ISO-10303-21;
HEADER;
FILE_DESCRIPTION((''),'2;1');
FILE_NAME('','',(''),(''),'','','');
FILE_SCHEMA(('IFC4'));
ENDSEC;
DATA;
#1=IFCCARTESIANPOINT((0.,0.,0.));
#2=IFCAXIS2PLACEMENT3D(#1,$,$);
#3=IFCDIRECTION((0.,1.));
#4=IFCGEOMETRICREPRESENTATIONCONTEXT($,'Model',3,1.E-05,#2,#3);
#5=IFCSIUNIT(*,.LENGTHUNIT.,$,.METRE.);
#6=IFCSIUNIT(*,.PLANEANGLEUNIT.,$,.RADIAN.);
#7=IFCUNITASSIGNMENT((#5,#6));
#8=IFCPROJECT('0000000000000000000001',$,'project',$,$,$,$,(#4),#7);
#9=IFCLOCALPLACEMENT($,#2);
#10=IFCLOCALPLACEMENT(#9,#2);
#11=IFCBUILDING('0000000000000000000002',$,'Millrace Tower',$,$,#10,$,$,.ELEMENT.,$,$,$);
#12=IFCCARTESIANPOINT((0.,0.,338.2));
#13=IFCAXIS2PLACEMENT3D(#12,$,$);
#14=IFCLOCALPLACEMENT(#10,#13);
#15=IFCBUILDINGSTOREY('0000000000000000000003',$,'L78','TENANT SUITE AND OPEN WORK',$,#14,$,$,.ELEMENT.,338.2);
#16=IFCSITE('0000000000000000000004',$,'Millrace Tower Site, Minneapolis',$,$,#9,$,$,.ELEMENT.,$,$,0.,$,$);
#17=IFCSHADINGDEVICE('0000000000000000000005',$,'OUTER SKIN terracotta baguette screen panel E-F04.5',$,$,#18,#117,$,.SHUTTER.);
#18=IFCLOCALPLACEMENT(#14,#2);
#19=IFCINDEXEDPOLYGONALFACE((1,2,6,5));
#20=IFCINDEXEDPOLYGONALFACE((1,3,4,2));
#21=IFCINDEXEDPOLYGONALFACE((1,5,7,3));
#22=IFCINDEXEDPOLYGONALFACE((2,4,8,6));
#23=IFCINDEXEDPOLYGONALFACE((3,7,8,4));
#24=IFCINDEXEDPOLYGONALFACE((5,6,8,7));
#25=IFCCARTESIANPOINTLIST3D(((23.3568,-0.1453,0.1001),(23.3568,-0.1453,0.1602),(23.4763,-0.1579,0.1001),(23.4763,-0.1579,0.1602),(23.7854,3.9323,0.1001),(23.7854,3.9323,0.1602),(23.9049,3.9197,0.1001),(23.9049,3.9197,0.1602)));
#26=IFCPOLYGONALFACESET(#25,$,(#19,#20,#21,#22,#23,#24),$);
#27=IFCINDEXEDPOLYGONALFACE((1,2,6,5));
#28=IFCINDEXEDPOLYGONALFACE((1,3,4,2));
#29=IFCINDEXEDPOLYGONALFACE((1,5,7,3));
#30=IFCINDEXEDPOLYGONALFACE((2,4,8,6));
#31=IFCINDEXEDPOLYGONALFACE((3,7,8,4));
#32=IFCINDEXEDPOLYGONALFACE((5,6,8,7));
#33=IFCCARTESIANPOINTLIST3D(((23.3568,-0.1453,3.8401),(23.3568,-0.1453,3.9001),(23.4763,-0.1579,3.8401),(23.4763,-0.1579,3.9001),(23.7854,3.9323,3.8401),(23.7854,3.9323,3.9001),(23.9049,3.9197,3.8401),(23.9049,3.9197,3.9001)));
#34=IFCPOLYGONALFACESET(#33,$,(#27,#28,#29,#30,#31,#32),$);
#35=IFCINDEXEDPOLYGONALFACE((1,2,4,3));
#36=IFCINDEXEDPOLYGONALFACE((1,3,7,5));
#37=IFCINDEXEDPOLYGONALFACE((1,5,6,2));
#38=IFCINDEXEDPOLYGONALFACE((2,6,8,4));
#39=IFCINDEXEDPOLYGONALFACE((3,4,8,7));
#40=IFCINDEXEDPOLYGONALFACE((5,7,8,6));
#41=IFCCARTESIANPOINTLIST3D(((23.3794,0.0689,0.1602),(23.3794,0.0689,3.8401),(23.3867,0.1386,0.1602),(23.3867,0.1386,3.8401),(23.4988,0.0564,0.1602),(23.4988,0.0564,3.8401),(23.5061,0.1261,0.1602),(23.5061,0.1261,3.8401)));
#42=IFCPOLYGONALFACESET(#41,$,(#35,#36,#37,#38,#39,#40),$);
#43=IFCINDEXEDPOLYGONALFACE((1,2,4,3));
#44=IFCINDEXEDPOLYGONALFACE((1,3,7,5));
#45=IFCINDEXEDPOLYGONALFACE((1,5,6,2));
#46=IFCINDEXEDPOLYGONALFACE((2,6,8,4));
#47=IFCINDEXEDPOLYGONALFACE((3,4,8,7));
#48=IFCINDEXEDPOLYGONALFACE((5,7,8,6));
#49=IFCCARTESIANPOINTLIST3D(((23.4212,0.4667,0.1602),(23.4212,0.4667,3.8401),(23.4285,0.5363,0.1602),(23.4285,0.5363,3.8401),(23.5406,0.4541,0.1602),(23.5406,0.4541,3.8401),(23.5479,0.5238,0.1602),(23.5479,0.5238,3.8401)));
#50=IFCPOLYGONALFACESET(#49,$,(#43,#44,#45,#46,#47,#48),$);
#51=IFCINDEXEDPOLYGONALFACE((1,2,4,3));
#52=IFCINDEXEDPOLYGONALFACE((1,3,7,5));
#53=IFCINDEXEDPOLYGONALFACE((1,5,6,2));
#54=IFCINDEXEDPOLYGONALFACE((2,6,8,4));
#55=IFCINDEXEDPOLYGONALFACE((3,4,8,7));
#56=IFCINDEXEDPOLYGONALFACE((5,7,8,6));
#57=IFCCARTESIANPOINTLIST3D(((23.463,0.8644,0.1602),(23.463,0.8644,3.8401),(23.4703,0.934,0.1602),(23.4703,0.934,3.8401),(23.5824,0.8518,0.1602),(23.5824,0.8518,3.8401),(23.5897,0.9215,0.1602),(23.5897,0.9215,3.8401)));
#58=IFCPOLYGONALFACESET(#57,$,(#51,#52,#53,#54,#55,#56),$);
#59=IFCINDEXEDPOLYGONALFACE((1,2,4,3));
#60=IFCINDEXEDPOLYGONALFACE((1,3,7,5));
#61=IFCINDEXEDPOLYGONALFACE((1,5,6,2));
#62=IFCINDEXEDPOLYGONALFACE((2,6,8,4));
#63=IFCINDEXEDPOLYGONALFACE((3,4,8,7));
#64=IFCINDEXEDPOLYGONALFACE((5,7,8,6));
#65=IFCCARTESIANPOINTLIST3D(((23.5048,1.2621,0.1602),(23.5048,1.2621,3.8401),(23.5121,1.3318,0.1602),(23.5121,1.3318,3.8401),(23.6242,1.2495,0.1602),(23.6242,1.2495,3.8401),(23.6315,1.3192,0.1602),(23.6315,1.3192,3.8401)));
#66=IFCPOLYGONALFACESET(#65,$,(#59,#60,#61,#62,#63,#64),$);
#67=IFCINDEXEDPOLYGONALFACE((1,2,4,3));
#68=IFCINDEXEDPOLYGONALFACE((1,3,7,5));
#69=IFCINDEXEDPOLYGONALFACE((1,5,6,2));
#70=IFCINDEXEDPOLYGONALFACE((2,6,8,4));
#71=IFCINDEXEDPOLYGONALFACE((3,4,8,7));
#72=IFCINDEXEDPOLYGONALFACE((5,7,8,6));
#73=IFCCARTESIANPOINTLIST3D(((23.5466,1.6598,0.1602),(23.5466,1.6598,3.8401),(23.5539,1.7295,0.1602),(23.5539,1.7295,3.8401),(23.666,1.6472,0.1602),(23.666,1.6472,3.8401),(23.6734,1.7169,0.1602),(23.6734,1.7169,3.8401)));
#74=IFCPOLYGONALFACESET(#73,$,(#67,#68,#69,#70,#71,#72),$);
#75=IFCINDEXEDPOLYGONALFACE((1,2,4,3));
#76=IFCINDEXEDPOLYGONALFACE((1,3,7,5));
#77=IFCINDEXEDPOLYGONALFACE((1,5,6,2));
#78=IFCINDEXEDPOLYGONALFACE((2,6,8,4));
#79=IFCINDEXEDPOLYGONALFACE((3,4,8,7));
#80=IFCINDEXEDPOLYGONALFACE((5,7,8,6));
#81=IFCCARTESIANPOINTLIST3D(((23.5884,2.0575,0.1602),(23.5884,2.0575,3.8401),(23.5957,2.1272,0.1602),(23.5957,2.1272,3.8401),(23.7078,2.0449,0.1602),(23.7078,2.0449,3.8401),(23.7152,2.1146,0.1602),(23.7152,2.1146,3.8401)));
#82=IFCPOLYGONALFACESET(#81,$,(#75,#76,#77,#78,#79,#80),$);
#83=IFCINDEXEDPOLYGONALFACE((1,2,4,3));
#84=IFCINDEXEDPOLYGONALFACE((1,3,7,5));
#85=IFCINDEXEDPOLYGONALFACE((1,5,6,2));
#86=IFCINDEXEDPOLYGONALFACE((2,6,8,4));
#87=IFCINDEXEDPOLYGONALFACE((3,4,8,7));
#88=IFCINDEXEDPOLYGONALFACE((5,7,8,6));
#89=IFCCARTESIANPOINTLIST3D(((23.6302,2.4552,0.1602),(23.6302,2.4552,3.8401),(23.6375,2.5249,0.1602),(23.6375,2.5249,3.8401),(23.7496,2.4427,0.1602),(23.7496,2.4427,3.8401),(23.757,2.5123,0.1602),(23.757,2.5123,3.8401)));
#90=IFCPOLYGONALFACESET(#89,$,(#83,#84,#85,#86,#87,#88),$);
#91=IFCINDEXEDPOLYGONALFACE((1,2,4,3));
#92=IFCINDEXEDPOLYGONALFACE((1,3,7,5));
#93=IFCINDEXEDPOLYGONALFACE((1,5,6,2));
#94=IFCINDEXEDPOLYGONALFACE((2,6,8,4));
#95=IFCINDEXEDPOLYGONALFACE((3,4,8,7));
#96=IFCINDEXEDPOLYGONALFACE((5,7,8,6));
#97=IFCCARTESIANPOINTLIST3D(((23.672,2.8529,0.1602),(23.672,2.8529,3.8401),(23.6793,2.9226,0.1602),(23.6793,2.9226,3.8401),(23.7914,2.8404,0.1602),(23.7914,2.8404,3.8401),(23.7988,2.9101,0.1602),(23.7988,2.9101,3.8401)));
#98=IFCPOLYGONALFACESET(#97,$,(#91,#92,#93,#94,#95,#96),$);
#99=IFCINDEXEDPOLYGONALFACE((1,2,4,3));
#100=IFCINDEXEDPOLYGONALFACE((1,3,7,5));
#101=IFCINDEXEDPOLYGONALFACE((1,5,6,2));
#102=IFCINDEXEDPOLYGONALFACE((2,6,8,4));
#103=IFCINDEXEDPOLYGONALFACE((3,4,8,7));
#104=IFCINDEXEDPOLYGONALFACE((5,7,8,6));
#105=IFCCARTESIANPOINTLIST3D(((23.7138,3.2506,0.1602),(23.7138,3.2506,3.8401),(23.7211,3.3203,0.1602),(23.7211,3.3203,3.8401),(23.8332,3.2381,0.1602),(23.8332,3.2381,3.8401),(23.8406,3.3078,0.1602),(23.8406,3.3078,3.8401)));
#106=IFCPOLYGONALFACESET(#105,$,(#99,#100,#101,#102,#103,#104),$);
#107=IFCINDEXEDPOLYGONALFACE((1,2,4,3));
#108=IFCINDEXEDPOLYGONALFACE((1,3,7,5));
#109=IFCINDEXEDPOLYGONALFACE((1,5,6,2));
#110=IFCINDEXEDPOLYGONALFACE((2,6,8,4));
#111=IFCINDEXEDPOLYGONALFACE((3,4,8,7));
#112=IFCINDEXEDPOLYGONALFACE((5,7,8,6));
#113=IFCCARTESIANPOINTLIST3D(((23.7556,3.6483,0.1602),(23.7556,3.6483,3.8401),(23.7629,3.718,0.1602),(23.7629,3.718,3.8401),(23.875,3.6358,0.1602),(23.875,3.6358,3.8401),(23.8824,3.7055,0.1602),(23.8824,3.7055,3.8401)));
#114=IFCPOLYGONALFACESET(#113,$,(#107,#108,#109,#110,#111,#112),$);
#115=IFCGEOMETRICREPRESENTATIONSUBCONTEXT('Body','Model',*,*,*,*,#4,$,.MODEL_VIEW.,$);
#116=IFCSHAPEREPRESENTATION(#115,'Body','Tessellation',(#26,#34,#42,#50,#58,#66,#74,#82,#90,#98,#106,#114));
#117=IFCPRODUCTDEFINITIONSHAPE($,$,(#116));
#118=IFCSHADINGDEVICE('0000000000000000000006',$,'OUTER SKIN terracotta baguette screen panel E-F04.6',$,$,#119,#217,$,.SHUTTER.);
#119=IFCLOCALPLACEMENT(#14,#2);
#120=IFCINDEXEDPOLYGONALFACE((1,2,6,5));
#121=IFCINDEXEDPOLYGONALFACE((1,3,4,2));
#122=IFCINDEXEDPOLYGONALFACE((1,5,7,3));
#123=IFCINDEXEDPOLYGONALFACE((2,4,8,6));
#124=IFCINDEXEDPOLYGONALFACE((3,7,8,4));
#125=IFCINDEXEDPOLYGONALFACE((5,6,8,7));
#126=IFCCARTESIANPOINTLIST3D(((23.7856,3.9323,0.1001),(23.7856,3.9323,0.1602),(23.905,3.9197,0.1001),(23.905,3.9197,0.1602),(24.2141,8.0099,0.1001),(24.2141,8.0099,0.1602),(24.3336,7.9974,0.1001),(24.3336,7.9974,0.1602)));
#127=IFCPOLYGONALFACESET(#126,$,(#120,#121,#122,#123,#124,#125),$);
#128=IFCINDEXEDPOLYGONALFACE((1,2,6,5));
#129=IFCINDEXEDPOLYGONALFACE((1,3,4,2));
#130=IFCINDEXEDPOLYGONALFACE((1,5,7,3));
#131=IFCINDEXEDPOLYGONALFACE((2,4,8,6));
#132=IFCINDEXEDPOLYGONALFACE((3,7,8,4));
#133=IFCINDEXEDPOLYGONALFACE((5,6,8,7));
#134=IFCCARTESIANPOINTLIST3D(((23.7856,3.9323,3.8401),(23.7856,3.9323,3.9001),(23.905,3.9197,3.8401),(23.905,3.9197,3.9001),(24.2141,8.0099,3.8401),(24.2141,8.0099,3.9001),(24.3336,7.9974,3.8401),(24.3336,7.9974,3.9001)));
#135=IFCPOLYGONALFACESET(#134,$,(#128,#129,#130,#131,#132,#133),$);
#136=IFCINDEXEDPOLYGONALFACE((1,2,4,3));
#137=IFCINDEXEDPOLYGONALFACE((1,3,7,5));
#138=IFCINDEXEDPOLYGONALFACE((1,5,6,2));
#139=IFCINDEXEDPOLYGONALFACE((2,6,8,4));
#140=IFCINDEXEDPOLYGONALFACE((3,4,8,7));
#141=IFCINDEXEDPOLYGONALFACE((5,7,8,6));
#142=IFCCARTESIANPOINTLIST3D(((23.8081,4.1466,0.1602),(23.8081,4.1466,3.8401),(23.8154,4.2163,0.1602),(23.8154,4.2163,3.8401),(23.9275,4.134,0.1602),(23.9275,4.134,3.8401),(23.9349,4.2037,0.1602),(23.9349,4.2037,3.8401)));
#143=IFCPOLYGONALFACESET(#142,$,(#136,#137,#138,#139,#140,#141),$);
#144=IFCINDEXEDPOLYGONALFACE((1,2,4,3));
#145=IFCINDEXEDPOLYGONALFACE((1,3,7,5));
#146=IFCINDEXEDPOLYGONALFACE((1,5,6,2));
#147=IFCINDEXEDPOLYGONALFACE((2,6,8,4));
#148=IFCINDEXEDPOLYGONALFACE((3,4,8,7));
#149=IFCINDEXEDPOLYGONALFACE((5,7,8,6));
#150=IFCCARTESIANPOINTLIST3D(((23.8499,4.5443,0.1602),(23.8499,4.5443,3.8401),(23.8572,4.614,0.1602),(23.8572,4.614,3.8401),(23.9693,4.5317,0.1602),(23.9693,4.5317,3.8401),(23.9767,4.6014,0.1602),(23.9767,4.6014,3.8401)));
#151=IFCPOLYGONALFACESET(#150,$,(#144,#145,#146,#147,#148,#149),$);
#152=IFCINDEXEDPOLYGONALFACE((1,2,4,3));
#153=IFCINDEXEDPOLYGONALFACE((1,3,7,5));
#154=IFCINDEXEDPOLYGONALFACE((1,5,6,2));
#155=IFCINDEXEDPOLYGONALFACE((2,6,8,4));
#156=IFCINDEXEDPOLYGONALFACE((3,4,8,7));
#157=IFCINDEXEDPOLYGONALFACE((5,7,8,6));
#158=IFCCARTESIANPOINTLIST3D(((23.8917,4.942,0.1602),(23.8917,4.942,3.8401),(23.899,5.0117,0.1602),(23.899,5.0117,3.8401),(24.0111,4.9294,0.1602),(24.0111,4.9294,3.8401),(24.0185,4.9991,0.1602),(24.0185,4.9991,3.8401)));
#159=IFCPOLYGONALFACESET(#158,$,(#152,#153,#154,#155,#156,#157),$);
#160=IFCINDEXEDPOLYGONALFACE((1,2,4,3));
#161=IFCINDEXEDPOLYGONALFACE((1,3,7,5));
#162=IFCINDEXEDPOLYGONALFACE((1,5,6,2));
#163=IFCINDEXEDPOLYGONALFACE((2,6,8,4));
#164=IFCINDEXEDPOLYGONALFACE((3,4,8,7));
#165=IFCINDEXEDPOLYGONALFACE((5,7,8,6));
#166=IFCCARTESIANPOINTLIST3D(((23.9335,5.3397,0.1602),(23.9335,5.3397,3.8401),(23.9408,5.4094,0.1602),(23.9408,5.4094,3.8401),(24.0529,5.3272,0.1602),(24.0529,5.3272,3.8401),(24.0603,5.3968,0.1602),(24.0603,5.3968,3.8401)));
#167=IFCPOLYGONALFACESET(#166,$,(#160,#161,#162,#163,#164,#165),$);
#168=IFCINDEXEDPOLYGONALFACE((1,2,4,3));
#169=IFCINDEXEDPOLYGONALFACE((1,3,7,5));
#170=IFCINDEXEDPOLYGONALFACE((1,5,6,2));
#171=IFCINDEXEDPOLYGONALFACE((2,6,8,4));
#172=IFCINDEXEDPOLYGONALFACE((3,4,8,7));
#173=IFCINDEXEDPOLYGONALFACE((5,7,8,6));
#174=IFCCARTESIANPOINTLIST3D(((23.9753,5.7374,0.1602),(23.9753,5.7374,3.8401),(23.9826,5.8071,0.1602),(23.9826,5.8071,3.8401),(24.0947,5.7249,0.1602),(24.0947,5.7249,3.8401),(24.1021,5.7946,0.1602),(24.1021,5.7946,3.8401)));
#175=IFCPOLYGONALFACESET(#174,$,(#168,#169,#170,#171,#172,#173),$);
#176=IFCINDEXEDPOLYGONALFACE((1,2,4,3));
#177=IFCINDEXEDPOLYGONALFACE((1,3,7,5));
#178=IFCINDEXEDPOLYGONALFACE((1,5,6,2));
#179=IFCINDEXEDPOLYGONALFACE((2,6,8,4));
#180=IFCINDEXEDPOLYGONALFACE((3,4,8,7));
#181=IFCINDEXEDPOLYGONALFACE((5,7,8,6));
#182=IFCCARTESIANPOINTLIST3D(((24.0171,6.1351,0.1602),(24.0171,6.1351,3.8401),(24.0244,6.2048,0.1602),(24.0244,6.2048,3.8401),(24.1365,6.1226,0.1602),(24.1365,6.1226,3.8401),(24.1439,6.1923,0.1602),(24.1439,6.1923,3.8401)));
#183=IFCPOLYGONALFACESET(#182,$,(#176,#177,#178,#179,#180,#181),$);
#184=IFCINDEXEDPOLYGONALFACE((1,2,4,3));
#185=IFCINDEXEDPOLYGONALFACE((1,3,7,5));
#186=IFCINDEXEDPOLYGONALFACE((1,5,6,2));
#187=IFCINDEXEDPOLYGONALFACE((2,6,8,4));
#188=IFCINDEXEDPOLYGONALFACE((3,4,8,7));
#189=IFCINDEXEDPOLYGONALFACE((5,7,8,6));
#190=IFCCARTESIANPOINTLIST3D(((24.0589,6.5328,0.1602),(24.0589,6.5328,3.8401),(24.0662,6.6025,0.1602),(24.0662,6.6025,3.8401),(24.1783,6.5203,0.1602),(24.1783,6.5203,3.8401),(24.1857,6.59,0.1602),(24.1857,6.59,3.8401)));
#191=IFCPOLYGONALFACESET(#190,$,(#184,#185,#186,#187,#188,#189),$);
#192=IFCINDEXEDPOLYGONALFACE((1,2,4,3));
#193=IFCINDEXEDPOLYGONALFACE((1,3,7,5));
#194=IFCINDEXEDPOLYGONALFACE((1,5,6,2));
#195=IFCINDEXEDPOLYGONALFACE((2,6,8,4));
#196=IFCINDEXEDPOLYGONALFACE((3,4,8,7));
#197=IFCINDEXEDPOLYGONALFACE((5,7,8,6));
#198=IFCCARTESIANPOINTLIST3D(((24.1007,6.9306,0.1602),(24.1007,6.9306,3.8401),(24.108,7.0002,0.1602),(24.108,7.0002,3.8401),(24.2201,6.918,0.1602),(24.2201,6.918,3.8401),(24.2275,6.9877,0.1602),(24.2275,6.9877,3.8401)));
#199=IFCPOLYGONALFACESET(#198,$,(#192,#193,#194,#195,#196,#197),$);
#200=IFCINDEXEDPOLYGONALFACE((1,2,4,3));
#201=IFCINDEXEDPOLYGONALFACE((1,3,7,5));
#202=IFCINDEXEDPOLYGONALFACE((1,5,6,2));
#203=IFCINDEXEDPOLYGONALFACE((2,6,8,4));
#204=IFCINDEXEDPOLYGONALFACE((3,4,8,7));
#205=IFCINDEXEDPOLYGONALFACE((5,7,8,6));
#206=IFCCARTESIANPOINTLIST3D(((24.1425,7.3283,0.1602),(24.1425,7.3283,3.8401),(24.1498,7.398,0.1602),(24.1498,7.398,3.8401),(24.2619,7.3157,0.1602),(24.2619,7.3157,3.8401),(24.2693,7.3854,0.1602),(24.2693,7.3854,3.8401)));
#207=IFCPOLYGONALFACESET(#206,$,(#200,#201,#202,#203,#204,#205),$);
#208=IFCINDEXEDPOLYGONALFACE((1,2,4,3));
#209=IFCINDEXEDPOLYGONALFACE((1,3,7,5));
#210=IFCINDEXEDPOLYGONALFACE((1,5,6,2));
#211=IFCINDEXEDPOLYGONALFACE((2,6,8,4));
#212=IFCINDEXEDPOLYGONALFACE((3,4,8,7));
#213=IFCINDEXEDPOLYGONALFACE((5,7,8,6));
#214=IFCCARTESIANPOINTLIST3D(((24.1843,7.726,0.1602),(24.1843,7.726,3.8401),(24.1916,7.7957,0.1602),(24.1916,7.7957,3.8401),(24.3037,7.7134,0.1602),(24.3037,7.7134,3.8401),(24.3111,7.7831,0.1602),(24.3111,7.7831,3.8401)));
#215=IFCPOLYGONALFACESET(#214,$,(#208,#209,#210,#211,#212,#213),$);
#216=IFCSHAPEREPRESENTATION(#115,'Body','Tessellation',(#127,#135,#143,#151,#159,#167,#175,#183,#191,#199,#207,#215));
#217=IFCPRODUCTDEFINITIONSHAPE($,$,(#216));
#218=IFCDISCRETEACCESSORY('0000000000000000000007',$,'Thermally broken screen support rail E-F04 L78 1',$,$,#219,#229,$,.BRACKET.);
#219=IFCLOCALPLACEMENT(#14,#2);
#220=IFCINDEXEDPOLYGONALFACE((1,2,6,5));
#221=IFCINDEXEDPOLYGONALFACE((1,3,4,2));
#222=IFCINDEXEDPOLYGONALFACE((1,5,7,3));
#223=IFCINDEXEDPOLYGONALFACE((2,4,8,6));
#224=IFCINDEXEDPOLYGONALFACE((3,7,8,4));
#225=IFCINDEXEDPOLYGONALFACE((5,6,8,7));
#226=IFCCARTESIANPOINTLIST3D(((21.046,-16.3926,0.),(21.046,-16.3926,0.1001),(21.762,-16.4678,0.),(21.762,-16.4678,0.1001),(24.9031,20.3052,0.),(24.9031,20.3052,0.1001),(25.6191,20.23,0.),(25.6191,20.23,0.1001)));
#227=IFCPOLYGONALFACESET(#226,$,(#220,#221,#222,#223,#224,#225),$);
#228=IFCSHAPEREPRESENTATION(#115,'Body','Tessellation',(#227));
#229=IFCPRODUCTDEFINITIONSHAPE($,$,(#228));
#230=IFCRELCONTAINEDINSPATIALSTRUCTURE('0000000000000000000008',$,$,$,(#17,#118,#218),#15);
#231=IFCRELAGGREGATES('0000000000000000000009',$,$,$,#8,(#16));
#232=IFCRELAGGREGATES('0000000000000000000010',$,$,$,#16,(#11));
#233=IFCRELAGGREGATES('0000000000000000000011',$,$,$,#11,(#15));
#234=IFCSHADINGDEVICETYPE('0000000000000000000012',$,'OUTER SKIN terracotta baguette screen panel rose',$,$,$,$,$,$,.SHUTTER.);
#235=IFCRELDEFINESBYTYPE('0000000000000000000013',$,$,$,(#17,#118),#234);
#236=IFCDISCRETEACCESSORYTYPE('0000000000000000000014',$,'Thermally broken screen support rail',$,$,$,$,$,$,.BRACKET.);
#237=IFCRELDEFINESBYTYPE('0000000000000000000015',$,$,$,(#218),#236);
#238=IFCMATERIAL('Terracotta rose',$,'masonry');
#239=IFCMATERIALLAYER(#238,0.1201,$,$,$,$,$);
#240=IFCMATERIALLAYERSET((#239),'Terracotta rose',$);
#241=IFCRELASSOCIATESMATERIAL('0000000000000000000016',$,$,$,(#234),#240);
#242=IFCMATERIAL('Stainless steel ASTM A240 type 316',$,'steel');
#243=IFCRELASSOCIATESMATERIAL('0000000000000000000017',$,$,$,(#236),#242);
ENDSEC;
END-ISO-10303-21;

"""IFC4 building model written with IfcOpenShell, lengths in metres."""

from ifc_helpers import new_model, entity, si_unit, direction, frame, frame_2d, origin, origin_2d, place, context, subcontext, project, spatial, rectangle, extrude, source, transform, mapped, material, layer, layer_set, type_object, element, save


model = new_model("IFC4")

# Units and contexts
model_context = context("Model", 3, precision=1e-05, world=origin(), true_north=direction((0.0, 1.0)))
body_context = subcontext(model_context, "Body", "Model", "MODEL_VIEW")
ifc_project = project(units=[si_unit("LENGTHUNIT", "METRE"), si_unit("PLANEANGLEUNIT", "RADIAN")], contexts=[model_context])

# Site, building, storey
site_placement = place(None, origin())
site = spatial("IfcSite", under=ifc_project, at=site_placement, Name="Millrace Tower Site, Minneapolis", CompositionType="ELEMENT", RefElevation=0.0)
building_placement = place(site_placement, origin())
building = spatial("IfcBuilding", under=site, at=building_placement, Name="Millrace Tower", CompositionType="ELEMENT")
storey_placement = place(building_placement, frame((0.0, 0.0, 338.2)))
storey = spatial("IfcBuildingStorey", under=building, at=storey_placement, Name="L78", Description="TENANT SUITE AND OPEN WORK", CompositionType="ELEMENT", Elevation=338.2)

# Shading devices
ifc_material_1 = material(Name="Terracotta rose", Category="masonry")
ifc_layer_1 = layer(ifc_material_1, 0.1201)
ifc_layer_set_1 = layer_set([ifc_layer_1], Name="Terracotta rose")
shading_device_type = type_object("IfcShadingDeviceType", Name="OUTER SKIN terracotta baguette screen panel rose", PredefinedType="SHUTTER", material=ifc_layer_set_1)
cartesian_point = entity("IfcCartesianPoint", [-2.05, 0.0601])
shared_polyline = entity("IfcPolyline", [cartesian_point, entity("IfcCartesianPoint", [2.05, 0.0601]), entity("IfcCartesianPoint", [2.05, -0.0601]), entity("IfcCartesianPoint", [-2.05, -0.0601]), cartesian_point])
shared_shape = source(origin(), body_context, "Body", "SweptSolid", [
    entity("IfcExtrudedAreaSolid", entity("IfcArbitraryClosedProfileDef", "AREA", None, shared_polyline), entity("IfcAxis2Placement3D", entity("IfcCartesianPoint", [0.0, 0.0, 0.0])), entity("IfcDirection", [0.0, 0.0, 1.0]), 0.0601),
    entity("IfcExtrudedAreaSolid", entity("IfcArbitraryClosedProfileDef", "AREA", None, shared_polyline), entity("IfcAxis2Placement3D", entity("IfcCartesianPoint", [0.0, 0.0, 3.74])), entity("IfcDirection", [0.0, 0.0, 1.0]), 0.0601),
    extrude(rectangle(XDim=0.0701, YDim=0.1201, at=frame_2d((-1.7996, 0.0))), frame((0.0, 0.0, 0.0601)), (0.0, 0.0, 1.0), 3.6799),
    extrude(rectangle(XDim=0.0701, YDim=0.1201, at=frame_2d((-1.3997, 0.0))), frame((0.0, 0.0, 0.0601)), (0.0, 0.0, 1.0), 3.6799),
    extrude(rectangle(XDim=0.0701, YDim=0.1201, at=frame_2d((-0.9998, 0.0))), frame((0.0, 0.0, 0.0601)), (0.0, 0.0, 1.0), 3.6799),
    extrude(rectangle(XDim=0.0701, YDim=0.1201, at=frame_2d((-0.5999, 0.0))), frame((0.0, 0.0, 0.0601)), (0.0, 0.0, 1.0), 3.6799),
    extrude(rectangle(XDim=0.0701, YDim=0.1201, at=frame_2d((-0.2, 0.0))), frame((0.0, 0.0, 0.0601)), (0.0, 0.0, 1.0), 3.6799),
    extrude(rectangle(XDim=0.0701, YDim=0.1201, at=frame_2d((0.2, 0.0))), frame((0.0, 0.0, 0.0601)), (0.0, 0.0, 1.0), 3.6799),
    extrude(rectangle(XDim=0.0701, YDim=0.1201, at=frame_2d((0.5999, 0.0))), frame((0.0, 0.0, 0.0601)), (0.0, 0.0, 1.0), 3.6799),
    extrude(rectangle(XDim=0.0701, YDim=0.1201, at=frame_2d((0.9998, 0.0))), frame((0.0, 0.0, 0.0601)), (0.0, 0.0, 1.0), 3.6799),
    extrude(rectangle(XDim=0.0701, YDim=0.1201, at=frame_2d((1.3997, 0.0))), frame((0.0, 0.0, 0.0601)), (0.0, 0.0, 1.0), 3.6799),
    extrude(rectangle(XDim=0.0701, YDim=0.1201, at=frame_2d((1.7996, 0.0))), frame((0.0, 0.0, 0.0601)), (0.0, 0.0, 1.0), 3.6799),
])
for number, where, z_axis, x_axis, name in (
    (1, (23.6309, 1.8872, 0.1001), (0.0, 0.0, 1.0), (0.104528, 0.994522, 0.0), "OUTER SKIN terracotta baguette screen panel E-F04.5"),
    (2, (24.0596, 5.9648, 0.1001), (0.0, 0.0, 1.0), (0.104528, 0.994522, 0.0), "OUTER SKIN terracotta baguette screen panel E-F04.6"),
):
    element("IfcShadingDevice", number, at=place(storey_placement, frame(where, z_axis=z_axis, x_axis=x_axis)), inside=storey, type_object=shading_device_type, Name=name, PredefinedType="SHUTTER", context=body_context, shape_type="MappedRepresentation", body=[
        mapped(shared_shape, transform((0.0, 0.0, 0.0), scale=1.0)),
    ])

# Discrete accessory
ifc_material_2 = material(Name="Stainless steel ASTM A240 type 316", Category="steel")
discrete_accessory_type = type_object("IfcDiscreteAccessoryType", Name="Thermally broken screen support rail", PredefinedType="BRACKET", material=ifc_material_2)
discrete_accessory_placement = place(storey_placement, frame((23.3325, 1.9187, 0.0), z_axis=(0.0, 0.0, 1.0), x_axis=(0.104528, 0.994522, 0.0)))
element("IfcDiscreteAccessory", 3, at=discrete_accessory_placement, inside=storey, type_object=discrete_accessory_type, Name="Thermally broken screen support rail E-F04 L78 1", PredefinedType="BRACKET", context=body_context, shape_type="SweptSolid", body=[
    extrude(rectangle(XDim=36.8999, YDim=0.72, at=origin_2d()), origin(), (0.0, 0.0, 1.0), 0.1001),
])

save(model, "model.ifc")
